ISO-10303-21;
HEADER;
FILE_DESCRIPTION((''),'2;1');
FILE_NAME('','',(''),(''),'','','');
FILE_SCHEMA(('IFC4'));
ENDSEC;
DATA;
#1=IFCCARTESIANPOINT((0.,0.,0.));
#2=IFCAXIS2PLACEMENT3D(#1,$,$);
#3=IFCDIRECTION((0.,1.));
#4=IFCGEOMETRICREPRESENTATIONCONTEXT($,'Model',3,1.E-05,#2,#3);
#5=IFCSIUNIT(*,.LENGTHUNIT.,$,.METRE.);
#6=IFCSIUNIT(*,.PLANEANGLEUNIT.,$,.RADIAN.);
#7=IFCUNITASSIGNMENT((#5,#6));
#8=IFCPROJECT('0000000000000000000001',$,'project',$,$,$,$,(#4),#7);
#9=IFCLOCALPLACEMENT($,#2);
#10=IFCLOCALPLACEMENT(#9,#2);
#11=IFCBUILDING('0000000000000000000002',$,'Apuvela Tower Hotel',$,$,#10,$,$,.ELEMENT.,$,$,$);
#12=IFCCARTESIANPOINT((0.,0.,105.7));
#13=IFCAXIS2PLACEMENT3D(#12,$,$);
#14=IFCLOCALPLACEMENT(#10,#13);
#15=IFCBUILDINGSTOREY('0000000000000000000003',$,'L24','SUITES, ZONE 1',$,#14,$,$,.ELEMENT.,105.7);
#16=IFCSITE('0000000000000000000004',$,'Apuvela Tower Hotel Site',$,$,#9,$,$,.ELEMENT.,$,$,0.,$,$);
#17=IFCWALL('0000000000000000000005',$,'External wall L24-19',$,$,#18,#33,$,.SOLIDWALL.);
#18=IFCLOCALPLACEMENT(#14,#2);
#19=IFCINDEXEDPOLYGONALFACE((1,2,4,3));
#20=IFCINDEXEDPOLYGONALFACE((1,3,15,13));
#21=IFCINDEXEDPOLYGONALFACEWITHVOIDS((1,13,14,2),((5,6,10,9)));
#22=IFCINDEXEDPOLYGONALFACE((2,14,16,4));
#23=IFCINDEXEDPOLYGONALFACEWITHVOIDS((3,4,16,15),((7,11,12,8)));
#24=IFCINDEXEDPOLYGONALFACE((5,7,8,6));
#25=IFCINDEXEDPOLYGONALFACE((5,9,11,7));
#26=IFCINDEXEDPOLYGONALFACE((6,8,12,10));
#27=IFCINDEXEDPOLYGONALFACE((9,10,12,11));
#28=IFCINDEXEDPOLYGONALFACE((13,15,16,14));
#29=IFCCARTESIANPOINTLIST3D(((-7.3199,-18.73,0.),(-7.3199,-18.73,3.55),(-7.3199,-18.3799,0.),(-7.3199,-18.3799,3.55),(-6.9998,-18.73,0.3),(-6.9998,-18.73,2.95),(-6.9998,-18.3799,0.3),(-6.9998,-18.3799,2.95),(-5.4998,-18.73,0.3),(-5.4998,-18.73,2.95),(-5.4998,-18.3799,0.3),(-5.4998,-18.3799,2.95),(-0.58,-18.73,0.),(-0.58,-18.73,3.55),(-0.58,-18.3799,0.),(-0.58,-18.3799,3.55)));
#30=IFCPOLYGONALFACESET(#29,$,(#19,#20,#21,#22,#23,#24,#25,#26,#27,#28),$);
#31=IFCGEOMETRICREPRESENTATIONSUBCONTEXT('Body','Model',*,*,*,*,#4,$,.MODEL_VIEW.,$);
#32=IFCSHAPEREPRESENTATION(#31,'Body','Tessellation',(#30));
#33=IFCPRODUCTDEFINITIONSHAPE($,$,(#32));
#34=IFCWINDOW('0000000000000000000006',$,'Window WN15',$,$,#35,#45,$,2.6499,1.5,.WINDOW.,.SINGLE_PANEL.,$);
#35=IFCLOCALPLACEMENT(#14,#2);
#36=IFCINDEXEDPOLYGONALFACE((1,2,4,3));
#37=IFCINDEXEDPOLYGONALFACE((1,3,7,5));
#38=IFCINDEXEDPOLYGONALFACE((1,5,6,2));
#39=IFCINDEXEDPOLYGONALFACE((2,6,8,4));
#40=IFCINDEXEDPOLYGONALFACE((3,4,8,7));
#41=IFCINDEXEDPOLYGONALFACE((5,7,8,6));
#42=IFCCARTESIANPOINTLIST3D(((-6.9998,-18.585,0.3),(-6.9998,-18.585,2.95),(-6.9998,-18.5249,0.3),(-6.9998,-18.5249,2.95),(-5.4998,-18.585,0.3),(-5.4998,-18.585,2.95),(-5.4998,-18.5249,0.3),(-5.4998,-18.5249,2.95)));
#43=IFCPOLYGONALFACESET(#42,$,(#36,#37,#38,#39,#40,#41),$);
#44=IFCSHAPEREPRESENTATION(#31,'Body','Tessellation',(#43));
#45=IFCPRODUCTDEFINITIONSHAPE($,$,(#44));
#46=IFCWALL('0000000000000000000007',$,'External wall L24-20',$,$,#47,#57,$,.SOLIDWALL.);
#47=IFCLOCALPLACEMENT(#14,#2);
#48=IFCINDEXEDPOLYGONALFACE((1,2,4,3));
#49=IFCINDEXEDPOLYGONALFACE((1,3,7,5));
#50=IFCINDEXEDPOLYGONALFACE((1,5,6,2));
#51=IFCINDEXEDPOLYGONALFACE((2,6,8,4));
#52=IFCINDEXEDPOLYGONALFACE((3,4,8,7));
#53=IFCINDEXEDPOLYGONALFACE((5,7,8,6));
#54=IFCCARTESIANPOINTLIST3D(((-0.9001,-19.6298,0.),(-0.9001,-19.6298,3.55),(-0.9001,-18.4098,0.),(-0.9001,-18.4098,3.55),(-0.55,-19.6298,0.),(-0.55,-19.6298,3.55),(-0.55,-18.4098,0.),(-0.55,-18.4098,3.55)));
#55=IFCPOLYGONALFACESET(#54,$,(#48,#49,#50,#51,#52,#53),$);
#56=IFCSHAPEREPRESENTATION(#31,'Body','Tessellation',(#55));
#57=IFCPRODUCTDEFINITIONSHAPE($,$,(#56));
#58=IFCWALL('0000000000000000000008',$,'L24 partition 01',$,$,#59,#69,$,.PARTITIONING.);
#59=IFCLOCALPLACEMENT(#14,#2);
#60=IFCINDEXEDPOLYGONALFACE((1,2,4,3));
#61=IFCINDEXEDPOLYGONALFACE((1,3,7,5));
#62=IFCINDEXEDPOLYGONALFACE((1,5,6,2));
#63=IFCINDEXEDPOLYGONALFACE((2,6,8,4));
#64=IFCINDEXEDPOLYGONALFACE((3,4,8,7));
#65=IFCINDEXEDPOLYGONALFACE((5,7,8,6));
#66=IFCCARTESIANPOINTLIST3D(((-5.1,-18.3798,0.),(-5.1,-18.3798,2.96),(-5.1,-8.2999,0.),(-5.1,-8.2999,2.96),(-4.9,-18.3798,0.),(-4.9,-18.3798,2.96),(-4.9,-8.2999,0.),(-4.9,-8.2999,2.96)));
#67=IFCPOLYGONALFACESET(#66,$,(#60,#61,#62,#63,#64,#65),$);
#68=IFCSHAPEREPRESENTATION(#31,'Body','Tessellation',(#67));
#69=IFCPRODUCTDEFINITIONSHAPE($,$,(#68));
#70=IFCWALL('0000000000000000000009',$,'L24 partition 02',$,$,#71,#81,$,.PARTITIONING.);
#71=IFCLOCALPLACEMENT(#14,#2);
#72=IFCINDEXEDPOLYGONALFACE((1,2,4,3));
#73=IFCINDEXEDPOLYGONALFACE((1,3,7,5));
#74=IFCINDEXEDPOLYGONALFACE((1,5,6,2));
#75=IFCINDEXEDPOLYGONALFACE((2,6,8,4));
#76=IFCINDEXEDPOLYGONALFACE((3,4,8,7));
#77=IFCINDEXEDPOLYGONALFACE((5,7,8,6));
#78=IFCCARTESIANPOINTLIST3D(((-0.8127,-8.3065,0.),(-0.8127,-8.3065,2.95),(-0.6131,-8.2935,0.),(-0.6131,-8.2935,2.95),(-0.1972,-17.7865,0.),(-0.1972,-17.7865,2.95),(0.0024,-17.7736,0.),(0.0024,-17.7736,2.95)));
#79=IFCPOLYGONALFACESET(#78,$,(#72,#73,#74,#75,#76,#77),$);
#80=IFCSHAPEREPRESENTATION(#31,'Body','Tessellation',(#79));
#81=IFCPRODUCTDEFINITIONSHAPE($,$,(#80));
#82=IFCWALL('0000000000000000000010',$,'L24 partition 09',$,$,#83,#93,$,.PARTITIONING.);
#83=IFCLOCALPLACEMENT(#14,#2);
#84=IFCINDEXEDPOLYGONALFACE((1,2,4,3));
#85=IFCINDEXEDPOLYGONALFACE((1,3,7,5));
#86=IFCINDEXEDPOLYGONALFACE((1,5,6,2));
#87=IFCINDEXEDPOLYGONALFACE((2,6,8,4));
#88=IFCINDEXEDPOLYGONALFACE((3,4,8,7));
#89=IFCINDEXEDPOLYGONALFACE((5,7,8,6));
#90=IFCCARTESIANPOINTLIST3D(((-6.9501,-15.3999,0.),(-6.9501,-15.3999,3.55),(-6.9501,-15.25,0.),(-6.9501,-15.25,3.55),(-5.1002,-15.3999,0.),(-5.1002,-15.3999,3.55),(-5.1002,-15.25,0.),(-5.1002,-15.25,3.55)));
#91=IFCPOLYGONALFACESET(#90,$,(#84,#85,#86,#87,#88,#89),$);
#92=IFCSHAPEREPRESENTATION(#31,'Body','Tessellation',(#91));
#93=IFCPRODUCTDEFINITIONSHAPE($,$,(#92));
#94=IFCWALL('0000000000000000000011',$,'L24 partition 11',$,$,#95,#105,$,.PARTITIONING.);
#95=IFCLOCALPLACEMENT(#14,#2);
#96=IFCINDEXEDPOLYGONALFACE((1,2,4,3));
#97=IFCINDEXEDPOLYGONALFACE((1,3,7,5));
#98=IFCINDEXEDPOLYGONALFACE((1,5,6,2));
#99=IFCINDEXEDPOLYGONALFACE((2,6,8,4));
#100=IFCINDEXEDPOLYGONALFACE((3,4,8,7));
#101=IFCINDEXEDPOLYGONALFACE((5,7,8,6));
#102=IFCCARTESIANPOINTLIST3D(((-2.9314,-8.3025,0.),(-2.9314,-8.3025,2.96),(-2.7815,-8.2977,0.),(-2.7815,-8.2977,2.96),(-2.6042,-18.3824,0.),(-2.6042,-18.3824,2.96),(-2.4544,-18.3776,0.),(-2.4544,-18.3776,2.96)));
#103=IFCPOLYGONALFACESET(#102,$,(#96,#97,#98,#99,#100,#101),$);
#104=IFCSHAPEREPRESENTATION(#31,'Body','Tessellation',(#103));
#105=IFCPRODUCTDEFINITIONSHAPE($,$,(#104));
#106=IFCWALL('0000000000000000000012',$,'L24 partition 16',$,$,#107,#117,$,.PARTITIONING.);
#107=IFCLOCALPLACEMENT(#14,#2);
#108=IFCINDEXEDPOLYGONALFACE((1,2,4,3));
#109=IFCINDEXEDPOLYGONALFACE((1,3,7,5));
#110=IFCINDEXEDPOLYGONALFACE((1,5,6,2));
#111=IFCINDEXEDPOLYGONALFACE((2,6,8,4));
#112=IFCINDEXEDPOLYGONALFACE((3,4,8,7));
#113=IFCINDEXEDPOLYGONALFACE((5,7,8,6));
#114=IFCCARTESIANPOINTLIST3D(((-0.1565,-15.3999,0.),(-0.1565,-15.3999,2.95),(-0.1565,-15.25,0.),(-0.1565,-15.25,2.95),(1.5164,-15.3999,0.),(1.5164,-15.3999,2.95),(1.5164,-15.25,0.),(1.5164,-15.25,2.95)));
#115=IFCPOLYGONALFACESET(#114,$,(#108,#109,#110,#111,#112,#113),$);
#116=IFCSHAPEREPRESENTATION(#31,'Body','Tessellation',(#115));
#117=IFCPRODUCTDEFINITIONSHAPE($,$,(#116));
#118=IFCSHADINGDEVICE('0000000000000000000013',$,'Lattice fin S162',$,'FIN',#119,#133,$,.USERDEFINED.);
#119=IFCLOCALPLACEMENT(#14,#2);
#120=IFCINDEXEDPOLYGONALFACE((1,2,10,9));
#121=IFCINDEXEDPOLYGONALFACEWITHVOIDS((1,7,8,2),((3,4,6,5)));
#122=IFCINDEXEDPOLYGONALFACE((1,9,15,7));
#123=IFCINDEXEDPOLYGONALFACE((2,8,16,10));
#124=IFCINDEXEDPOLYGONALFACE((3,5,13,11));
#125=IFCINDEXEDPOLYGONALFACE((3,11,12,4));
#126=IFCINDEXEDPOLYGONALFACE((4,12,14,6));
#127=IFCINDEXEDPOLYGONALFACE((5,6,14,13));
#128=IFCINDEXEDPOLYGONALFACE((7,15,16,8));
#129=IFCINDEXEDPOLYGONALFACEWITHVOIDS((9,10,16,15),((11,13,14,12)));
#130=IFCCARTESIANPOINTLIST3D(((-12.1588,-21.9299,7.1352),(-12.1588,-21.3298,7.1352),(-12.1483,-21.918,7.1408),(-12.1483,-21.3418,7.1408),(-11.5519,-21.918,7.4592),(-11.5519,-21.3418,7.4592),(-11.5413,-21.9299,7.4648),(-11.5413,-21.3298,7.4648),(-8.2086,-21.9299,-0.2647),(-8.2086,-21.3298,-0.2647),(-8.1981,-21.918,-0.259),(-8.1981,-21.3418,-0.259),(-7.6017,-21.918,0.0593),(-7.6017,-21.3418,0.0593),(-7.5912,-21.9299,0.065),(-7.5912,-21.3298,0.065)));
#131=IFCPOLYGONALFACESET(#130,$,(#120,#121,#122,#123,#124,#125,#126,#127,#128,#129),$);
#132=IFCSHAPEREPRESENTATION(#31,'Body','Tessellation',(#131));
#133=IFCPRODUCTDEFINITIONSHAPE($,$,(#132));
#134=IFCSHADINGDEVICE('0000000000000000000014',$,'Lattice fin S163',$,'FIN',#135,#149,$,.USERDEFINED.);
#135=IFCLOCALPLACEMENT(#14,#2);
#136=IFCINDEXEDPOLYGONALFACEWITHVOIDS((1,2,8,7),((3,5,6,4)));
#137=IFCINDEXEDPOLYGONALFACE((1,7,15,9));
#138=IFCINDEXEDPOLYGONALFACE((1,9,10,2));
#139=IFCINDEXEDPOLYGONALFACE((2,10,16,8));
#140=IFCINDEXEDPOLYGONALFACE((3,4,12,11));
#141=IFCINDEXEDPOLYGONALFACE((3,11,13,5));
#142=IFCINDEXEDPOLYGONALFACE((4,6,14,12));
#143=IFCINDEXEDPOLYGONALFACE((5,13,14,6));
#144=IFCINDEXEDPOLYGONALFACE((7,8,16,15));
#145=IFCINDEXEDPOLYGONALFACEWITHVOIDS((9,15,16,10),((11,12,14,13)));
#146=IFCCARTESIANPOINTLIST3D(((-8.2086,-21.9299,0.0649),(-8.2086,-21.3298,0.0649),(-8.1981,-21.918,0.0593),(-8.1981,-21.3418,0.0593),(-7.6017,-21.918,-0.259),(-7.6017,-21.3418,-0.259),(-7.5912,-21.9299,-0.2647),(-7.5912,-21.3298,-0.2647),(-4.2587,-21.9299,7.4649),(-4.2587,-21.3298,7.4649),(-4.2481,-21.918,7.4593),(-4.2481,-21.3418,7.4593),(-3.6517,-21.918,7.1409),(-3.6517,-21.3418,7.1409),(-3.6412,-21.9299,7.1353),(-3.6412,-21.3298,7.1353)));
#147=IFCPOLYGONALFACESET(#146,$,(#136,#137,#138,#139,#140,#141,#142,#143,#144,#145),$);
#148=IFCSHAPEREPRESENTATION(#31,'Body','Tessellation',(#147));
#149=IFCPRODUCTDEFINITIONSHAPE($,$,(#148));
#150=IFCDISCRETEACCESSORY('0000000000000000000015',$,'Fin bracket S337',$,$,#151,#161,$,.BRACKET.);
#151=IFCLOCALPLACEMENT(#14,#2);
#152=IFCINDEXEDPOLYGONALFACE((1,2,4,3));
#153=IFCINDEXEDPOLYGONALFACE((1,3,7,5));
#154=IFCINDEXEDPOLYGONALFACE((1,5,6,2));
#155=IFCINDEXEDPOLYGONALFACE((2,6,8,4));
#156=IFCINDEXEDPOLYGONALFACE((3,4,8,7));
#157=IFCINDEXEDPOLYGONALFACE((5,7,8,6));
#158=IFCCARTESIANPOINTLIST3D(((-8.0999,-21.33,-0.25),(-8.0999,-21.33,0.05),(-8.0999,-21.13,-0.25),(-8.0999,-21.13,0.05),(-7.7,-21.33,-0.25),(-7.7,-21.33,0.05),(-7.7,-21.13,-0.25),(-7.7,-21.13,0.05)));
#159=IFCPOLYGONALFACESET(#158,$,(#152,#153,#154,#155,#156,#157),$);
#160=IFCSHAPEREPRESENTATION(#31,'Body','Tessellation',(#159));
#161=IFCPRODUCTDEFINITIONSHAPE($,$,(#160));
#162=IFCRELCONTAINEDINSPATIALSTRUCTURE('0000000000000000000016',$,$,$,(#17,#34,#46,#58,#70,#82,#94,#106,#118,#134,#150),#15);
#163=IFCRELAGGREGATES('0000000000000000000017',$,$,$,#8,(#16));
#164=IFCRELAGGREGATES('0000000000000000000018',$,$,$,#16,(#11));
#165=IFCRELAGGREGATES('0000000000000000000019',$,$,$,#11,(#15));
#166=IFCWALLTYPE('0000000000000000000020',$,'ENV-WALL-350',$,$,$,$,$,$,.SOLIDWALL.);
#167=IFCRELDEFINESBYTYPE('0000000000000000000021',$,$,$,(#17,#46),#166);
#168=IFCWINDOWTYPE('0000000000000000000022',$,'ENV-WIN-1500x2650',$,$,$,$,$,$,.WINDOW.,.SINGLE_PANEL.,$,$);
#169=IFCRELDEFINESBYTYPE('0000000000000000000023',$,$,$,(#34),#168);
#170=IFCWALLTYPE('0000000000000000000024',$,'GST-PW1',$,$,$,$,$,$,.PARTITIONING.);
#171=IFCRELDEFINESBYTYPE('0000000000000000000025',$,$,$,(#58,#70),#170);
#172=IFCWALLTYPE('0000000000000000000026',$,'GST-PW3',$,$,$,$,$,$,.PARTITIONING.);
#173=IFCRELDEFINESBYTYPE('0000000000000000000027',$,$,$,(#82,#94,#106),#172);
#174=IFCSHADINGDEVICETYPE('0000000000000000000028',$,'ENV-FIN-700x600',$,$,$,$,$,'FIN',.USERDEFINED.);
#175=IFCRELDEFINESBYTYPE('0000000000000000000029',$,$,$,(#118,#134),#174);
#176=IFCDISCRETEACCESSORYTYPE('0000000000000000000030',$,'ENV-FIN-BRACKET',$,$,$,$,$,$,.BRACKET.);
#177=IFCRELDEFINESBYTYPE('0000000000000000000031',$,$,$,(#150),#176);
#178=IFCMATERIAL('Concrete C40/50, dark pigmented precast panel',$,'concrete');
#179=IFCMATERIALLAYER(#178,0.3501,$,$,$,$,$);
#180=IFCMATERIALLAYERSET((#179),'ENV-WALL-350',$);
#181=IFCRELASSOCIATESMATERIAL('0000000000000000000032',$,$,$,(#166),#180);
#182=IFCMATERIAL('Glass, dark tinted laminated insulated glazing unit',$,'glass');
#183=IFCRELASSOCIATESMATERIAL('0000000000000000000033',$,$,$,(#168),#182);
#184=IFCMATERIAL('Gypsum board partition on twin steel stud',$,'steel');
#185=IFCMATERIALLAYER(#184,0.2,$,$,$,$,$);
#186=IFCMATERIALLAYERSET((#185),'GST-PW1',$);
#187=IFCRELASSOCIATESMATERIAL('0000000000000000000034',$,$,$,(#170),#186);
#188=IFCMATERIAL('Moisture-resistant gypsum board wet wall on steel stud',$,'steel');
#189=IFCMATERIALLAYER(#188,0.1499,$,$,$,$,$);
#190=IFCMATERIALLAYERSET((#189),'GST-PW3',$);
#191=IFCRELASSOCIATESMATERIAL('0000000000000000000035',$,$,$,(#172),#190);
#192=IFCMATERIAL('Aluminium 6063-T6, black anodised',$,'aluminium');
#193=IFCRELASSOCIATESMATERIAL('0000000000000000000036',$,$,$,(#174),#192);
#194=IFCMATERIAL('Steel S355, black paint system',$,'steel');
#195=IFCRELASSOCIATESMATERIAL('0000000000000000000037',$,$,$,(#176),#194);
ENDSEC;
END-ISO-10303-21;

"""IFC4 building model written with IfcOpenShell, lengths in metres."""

from ifc_helpers import new_model, si_unit, direction, frame, frame_2d, origin, origin_2d, place, context, subcontext, project, spatial, rectangle, hollow_rectangle, extrude, material, layer, layer_set, material_profile, profile_set, type_object, element, fill, save


model = new_model("IFC4")

# Units and contexts
model_context = context("Model", 3, precision=1e-05, world=origin(), true_north=direction((0.0, 1.0)))
body_context = subcontext(model_context, "Body", "Model", "MODEL_VIEW")
ifc_project = project(units=[si_unit("LENGTHUNIT", "METRE"), si_unit("PLANEANGLEUNIT", "RADIAN")], contexts=[model_context])

# Site, building, storey
site_placement = place(None, origin())
site = spatial("IfcSite", under=ifc_project, at=site_placement, Name="Apuvela Tower Hotel Site", CompositionType="ELEMENT", RefElevation=0.0)
building_placement = place(site_placement, origin())
building = spatial("IfcBuilding", under=site, at=building_placement, Name="Apuvela Tower Hotel", CompositionType="ELEMENT")
storey_placement = place(building_placement, frame((0.0, 0.0, 105.7)))
storey = spatial("IfcBuildingStorey", under=building, at=storey_placement, Name="L24", Description="SUITES, ZONE 1", CompositionType="ELEMENT", Elevation=105.7)

# Shared definitions
ifc_material_1 = material(Name="Concrete C40/50, dark pigmented precast panel", Category="concrete")
ifc_layer_1 = layer(ifc_material_1, 0.3501)
ifc_layer_set_1 = layer_set([ifc_layer_1], Name="ENV-WALL-350")
wall_type_1 = type_object("IfcWallType", Name="ENV-WALL-350", PredefinedType="SOLIDWALL", material=ifc_layer_set_1)

# Wall, opening, window
wall_1_placement = place(storey_placement, frame((-7.3201, -18.5549, 0.0), z_axis=(0.0, 0.0, 1.0), x_axis=(1.0, 0.0, 0.0)))
wall_1 = element("IfcWall", 1, at=wall_1_placement, inside=storey, type_object=wall_type_1, Name="External wall L24-19", PredefinedType="SOLIDWALL", context=body_context, shape_type="SweptSolid", body=[
    extrude(rectangle(XDim=6.74, YDim=0.3501, at=frame_2d((3.3701, 0.0))), origin(), (0.0, 0.0, 1.0), 3.55),
])
opening_1_placement = place(wall_1_placement, frame((0.3203, 0.0, 0.3)))
opening_1 = element("IfcOpeningElement", 2, at=opening_1_placement, cuts=wall_1, PredefinedType="OPENING", context=body_context, shape_type="SweptSolid", body=[
    extrude(rectangle(XDim=1.5, YDim=2.6499, at=frame_2d((0.75, 1.325))), frame((0.0, 0.1851, 0.0), z_axis=(0.0, -1.0, 0.0), x_axis=(1.0, 0.0, 0.0)), (0.0, 0.0, 1.0), 0.3701),
])
ifc_material_2 = material(Name="Glass, dark tinted laminated insulated glazing unit", Category="glass")
window_type_1 = type_object("IfcWindowType", Name="ENV-WIN-1500x2650", PartitioningType="SINGLE_PANEL", PredefinedType="WINDOW", material=ifc_material_2)
window_1_placement = place(opening_1_placement, origin())
window_1 = element("IfcWindow", 3, at=window_1_placement, inside=storey, type_object=window_type_1, Name="Window WN15", OverallHeight=2.6499, OverallWidth=1.5, PartitioningType="SINGLE_PANEL", PredefinedType="WINDOW", context=body_context, shape_type="SweptSolid", body=[
    extrude(rectangle(XDim=1.5, YDim=2.6499, at=frame_2d((0.75, 1.325))), frame((0.0, 0.03, 0.0), z_axis=(0.0, -1.0, 0.0), x_axis=(1.0, 0.0, 0.0)), (0.0, 0.0, 1.0), 0.0601),
])
fill(opening_1, window_1)

# Wall
wall_2_placement = place(storey_placement, frame((-0.7251, -18.4099, 0.0), z_axis=(0.0, 0.0, 1.0), x_axis=(0.0, -1.0, 0.0)))
element("IfcWall", 4, at=wall_2_placement, inside=storey, type_object=wall_type_1, Name="External wall L24-20", PredefinedType="SOLIDWALL", context=body_context, shape_type="SweptSolid", body=[
    extrude(rectangle(XDim=1.22, YDim=0.3501, at=frame_2d((0.6099, 0.0))), origin(), (0.0, 0.0, 1.0), 3.55),
])

# Walls
ifc_material_3 = material(Name="Gypsum board partition on twin steel stud", Category="steel")
ifc_layer_2 = layer(ifc_material_3, 0.2)
ifc_layer_set_2 = layer_set([ifc_layer_2], Name="GST-PW1")
wall_type_2 = type_object("IfcWallType", Name="GST-PW1", PredefinedType="PARTITIONING", material=ifc_layer_set_2)
wall_3_placement = place(storey_placement, frame((-5.0, -18.3799, 0.0), z_axis=(0.0, 0.0, 1.0), x_axis=(0.0, 1.0, 0.0)))
element("IfcWall", 5, at=wall_3_placement, inside=storey, type_object=wall_type_2, Name="L24 partition 01", PredefinedType="PARTITIONING", context=body_context, shape_type="SweptSolid", body=[
    extrude(rectangle(XDim=10.0798, YDim=0.2, at=frame_2d((5.04, 0.0))), origin(), (0.0, 0.0, 1.0), 2.96),
])
wall_4_placement = place(storey_placement, frame((-0.0974, -17.78, 0.0), z_axis=(0.0, 0.0, 1.0), x_axis=(-0.064788, 0.997899, 0.0)))
element("IfcWall", 6, at=wall_4_placement, inside=storey, type_object=wall_type_2, Name="L24 partition 02", PredefinedType="PARTITIONING", context=body_context, shape_type="SweptSolid", body=[
    extrude(rectangle(XDim=9.5, YDim=0.2, at=frame_2d((4.75, 0.0))), origin(), (0.0, 0.0, 1.0), 2.95),
])
ifc_material_4 = material(Name="Moisture-resistant gypsum board wet wall on steel stud", Category="steel")
ifc_layer_3 = layer(ifc_material_4, 0.1499)
ifc_layer_set_3 = layer_set([ifc_layer_3], Name="GST-PW3")
wall_type_3 = type_object("IfcWallType", Name="GST-PW3", PredefinedType="PARTITIONING", material=ifc_layer_set_3)
wall_5_placement = place(storey_placement, frame((-6.95, -15.325, 0.0), z_axis=(0.0, 0.0, 1.0), x_axis=(1.0, 0.0, 0.0)))
element("IfcWall", 7, at=wall_5_placement, inside=storey, type_object=wall_type_3, Name="L24 partition 09", PredefinedType="PARTITIONING", context=body_context, shape_type="SweptSolid", body=[
    extrude(rectangle(XDim=1.8499, YDim=0.1499, at=frame_2d((0.9248, 0.0))), origin(), (0.0, 0.0, 1.0), 3.55),
])
wall_6_placement = place(storey_placement, frame((-2.5293, -18.3799, 0.0), z_axis=(0.0, 0.0, 1.0), x_axis=(-0.032439, 0.999474, 0.0)))
element("IfcWall", 8, at=wall_6_placement, inside=storey, type_object=wall_type_3, Name="L24 partition 11", PredefinedType="PARTITIONING", context=body_context, shape_type="SweptSolid", body=[
    extrude(rectangle(XDim=10.0852, YDim=0.1499, at=frame_2d((5.0425, 0.0))), origin(), (0.0, 0.0, 1.0), 2.96),
])
wall_7_placement = place(storey_placement, frame((-0.1565, -15.325, 0.0), z_axis=(0.0, 0.0, 1.0), x_axis=(1.0, 0.0, 0.0)))
element("IfcWall", 9, at=wall_7_placement, inside=storey, type_object=wall_type_3, Name="L24 partition 16", PredefinedType="PARTITIONING", context=body_context, shape_type="SweptSolid", body=[
    extrude(rectangle(XDim=1.6729, YDim=0.1499, at=frame_2d((0.8364, 0.0))), origin(), (0.0, 0.0, 1.0), 2.95),
])

# Shading devices
ifc_material_5 = material(Name="Aluminium 6063-T6, black anodised", Category="aluminium")
ifc_material_profile_1 = material_profile(ifc_material_5, hollow_rectangle(XDim=0.6001, YDim=0.7, WallThickness=0.012, at=origin_2d()), Name="AL BOX 700x600x12")
ifc_profile_set_1 = profile_set([ifc_material_profile_1], Name="Aluminium 6063-T6, black anodised")
shading_device_type = type_object("IfcShadingDeviceType", Name="ENV-FIN-700x600", ElementType="FIN", PredefinedType="USERDEFINED", material=ifc_profile_set_1)
for number, where, z_axis, x_axis, name in (
    (10, (-7.8999, -21.6299, -0.0999), (-0.470921, 0.0, 0.882176), (0.0, -1.0, 0.0), "Lattice fin S162"),
    (11, (-7.8999, -21.6299, -0.0999), (0.470898, 0.0, 0.882188), (0.0, 1.0, 0.0), "Lattice fin S163"),
):
    element("IfcShadingDevice", number, at=place(storey_placement, frame(where, z_axis=z_axis, x_axis=x_axis)), inside=storey, type_object=shading_device_type, Name=name, ObjectType="FIN", PredefinedType="USERDEFINED", context=body_context, shape_type="SweptSolid", body=[
        extrude(hollow_rectangle(XDim=0.6001, YDim=0.7, WallThickness=0.012, at=origin_2d()), origin(), (0.0, 0.0, 1.0), 8.3882),
    ])

# Discrete accessory
ifc_material_6 = material(Name="Steel S355, black paint system", Category="steel")
discrete_accessory_type = type_object("IfcDiscreteAccessoryType", Name="ENV-FIN-BRACKET", PredefinedType="BRACKET", material=ifc_material_6)
discrete_accessory_placement = place(storey_placement, frame((-7.8999, -21.23, -0.25), z_axis=(0.0, 0.0, 1.0), x_axis=(1.0, 0.0, 0.0)))
element("IfcDiscreteAccessory", 12, at=discrete_accessory_placement, inside=storey, type_object=discrete_accessory_type, Name="Fin bracket S337", PredefinedType="BRACKET", context=body_context, shape_type="SweptSolid", body=[
    extrude(rectangle(XDim=0.3999, YDim=0.2, at=origin_2d()), origin(), (0.0, 0.0, 1.0), 0.3),
])

save(model, "model.ifc")
